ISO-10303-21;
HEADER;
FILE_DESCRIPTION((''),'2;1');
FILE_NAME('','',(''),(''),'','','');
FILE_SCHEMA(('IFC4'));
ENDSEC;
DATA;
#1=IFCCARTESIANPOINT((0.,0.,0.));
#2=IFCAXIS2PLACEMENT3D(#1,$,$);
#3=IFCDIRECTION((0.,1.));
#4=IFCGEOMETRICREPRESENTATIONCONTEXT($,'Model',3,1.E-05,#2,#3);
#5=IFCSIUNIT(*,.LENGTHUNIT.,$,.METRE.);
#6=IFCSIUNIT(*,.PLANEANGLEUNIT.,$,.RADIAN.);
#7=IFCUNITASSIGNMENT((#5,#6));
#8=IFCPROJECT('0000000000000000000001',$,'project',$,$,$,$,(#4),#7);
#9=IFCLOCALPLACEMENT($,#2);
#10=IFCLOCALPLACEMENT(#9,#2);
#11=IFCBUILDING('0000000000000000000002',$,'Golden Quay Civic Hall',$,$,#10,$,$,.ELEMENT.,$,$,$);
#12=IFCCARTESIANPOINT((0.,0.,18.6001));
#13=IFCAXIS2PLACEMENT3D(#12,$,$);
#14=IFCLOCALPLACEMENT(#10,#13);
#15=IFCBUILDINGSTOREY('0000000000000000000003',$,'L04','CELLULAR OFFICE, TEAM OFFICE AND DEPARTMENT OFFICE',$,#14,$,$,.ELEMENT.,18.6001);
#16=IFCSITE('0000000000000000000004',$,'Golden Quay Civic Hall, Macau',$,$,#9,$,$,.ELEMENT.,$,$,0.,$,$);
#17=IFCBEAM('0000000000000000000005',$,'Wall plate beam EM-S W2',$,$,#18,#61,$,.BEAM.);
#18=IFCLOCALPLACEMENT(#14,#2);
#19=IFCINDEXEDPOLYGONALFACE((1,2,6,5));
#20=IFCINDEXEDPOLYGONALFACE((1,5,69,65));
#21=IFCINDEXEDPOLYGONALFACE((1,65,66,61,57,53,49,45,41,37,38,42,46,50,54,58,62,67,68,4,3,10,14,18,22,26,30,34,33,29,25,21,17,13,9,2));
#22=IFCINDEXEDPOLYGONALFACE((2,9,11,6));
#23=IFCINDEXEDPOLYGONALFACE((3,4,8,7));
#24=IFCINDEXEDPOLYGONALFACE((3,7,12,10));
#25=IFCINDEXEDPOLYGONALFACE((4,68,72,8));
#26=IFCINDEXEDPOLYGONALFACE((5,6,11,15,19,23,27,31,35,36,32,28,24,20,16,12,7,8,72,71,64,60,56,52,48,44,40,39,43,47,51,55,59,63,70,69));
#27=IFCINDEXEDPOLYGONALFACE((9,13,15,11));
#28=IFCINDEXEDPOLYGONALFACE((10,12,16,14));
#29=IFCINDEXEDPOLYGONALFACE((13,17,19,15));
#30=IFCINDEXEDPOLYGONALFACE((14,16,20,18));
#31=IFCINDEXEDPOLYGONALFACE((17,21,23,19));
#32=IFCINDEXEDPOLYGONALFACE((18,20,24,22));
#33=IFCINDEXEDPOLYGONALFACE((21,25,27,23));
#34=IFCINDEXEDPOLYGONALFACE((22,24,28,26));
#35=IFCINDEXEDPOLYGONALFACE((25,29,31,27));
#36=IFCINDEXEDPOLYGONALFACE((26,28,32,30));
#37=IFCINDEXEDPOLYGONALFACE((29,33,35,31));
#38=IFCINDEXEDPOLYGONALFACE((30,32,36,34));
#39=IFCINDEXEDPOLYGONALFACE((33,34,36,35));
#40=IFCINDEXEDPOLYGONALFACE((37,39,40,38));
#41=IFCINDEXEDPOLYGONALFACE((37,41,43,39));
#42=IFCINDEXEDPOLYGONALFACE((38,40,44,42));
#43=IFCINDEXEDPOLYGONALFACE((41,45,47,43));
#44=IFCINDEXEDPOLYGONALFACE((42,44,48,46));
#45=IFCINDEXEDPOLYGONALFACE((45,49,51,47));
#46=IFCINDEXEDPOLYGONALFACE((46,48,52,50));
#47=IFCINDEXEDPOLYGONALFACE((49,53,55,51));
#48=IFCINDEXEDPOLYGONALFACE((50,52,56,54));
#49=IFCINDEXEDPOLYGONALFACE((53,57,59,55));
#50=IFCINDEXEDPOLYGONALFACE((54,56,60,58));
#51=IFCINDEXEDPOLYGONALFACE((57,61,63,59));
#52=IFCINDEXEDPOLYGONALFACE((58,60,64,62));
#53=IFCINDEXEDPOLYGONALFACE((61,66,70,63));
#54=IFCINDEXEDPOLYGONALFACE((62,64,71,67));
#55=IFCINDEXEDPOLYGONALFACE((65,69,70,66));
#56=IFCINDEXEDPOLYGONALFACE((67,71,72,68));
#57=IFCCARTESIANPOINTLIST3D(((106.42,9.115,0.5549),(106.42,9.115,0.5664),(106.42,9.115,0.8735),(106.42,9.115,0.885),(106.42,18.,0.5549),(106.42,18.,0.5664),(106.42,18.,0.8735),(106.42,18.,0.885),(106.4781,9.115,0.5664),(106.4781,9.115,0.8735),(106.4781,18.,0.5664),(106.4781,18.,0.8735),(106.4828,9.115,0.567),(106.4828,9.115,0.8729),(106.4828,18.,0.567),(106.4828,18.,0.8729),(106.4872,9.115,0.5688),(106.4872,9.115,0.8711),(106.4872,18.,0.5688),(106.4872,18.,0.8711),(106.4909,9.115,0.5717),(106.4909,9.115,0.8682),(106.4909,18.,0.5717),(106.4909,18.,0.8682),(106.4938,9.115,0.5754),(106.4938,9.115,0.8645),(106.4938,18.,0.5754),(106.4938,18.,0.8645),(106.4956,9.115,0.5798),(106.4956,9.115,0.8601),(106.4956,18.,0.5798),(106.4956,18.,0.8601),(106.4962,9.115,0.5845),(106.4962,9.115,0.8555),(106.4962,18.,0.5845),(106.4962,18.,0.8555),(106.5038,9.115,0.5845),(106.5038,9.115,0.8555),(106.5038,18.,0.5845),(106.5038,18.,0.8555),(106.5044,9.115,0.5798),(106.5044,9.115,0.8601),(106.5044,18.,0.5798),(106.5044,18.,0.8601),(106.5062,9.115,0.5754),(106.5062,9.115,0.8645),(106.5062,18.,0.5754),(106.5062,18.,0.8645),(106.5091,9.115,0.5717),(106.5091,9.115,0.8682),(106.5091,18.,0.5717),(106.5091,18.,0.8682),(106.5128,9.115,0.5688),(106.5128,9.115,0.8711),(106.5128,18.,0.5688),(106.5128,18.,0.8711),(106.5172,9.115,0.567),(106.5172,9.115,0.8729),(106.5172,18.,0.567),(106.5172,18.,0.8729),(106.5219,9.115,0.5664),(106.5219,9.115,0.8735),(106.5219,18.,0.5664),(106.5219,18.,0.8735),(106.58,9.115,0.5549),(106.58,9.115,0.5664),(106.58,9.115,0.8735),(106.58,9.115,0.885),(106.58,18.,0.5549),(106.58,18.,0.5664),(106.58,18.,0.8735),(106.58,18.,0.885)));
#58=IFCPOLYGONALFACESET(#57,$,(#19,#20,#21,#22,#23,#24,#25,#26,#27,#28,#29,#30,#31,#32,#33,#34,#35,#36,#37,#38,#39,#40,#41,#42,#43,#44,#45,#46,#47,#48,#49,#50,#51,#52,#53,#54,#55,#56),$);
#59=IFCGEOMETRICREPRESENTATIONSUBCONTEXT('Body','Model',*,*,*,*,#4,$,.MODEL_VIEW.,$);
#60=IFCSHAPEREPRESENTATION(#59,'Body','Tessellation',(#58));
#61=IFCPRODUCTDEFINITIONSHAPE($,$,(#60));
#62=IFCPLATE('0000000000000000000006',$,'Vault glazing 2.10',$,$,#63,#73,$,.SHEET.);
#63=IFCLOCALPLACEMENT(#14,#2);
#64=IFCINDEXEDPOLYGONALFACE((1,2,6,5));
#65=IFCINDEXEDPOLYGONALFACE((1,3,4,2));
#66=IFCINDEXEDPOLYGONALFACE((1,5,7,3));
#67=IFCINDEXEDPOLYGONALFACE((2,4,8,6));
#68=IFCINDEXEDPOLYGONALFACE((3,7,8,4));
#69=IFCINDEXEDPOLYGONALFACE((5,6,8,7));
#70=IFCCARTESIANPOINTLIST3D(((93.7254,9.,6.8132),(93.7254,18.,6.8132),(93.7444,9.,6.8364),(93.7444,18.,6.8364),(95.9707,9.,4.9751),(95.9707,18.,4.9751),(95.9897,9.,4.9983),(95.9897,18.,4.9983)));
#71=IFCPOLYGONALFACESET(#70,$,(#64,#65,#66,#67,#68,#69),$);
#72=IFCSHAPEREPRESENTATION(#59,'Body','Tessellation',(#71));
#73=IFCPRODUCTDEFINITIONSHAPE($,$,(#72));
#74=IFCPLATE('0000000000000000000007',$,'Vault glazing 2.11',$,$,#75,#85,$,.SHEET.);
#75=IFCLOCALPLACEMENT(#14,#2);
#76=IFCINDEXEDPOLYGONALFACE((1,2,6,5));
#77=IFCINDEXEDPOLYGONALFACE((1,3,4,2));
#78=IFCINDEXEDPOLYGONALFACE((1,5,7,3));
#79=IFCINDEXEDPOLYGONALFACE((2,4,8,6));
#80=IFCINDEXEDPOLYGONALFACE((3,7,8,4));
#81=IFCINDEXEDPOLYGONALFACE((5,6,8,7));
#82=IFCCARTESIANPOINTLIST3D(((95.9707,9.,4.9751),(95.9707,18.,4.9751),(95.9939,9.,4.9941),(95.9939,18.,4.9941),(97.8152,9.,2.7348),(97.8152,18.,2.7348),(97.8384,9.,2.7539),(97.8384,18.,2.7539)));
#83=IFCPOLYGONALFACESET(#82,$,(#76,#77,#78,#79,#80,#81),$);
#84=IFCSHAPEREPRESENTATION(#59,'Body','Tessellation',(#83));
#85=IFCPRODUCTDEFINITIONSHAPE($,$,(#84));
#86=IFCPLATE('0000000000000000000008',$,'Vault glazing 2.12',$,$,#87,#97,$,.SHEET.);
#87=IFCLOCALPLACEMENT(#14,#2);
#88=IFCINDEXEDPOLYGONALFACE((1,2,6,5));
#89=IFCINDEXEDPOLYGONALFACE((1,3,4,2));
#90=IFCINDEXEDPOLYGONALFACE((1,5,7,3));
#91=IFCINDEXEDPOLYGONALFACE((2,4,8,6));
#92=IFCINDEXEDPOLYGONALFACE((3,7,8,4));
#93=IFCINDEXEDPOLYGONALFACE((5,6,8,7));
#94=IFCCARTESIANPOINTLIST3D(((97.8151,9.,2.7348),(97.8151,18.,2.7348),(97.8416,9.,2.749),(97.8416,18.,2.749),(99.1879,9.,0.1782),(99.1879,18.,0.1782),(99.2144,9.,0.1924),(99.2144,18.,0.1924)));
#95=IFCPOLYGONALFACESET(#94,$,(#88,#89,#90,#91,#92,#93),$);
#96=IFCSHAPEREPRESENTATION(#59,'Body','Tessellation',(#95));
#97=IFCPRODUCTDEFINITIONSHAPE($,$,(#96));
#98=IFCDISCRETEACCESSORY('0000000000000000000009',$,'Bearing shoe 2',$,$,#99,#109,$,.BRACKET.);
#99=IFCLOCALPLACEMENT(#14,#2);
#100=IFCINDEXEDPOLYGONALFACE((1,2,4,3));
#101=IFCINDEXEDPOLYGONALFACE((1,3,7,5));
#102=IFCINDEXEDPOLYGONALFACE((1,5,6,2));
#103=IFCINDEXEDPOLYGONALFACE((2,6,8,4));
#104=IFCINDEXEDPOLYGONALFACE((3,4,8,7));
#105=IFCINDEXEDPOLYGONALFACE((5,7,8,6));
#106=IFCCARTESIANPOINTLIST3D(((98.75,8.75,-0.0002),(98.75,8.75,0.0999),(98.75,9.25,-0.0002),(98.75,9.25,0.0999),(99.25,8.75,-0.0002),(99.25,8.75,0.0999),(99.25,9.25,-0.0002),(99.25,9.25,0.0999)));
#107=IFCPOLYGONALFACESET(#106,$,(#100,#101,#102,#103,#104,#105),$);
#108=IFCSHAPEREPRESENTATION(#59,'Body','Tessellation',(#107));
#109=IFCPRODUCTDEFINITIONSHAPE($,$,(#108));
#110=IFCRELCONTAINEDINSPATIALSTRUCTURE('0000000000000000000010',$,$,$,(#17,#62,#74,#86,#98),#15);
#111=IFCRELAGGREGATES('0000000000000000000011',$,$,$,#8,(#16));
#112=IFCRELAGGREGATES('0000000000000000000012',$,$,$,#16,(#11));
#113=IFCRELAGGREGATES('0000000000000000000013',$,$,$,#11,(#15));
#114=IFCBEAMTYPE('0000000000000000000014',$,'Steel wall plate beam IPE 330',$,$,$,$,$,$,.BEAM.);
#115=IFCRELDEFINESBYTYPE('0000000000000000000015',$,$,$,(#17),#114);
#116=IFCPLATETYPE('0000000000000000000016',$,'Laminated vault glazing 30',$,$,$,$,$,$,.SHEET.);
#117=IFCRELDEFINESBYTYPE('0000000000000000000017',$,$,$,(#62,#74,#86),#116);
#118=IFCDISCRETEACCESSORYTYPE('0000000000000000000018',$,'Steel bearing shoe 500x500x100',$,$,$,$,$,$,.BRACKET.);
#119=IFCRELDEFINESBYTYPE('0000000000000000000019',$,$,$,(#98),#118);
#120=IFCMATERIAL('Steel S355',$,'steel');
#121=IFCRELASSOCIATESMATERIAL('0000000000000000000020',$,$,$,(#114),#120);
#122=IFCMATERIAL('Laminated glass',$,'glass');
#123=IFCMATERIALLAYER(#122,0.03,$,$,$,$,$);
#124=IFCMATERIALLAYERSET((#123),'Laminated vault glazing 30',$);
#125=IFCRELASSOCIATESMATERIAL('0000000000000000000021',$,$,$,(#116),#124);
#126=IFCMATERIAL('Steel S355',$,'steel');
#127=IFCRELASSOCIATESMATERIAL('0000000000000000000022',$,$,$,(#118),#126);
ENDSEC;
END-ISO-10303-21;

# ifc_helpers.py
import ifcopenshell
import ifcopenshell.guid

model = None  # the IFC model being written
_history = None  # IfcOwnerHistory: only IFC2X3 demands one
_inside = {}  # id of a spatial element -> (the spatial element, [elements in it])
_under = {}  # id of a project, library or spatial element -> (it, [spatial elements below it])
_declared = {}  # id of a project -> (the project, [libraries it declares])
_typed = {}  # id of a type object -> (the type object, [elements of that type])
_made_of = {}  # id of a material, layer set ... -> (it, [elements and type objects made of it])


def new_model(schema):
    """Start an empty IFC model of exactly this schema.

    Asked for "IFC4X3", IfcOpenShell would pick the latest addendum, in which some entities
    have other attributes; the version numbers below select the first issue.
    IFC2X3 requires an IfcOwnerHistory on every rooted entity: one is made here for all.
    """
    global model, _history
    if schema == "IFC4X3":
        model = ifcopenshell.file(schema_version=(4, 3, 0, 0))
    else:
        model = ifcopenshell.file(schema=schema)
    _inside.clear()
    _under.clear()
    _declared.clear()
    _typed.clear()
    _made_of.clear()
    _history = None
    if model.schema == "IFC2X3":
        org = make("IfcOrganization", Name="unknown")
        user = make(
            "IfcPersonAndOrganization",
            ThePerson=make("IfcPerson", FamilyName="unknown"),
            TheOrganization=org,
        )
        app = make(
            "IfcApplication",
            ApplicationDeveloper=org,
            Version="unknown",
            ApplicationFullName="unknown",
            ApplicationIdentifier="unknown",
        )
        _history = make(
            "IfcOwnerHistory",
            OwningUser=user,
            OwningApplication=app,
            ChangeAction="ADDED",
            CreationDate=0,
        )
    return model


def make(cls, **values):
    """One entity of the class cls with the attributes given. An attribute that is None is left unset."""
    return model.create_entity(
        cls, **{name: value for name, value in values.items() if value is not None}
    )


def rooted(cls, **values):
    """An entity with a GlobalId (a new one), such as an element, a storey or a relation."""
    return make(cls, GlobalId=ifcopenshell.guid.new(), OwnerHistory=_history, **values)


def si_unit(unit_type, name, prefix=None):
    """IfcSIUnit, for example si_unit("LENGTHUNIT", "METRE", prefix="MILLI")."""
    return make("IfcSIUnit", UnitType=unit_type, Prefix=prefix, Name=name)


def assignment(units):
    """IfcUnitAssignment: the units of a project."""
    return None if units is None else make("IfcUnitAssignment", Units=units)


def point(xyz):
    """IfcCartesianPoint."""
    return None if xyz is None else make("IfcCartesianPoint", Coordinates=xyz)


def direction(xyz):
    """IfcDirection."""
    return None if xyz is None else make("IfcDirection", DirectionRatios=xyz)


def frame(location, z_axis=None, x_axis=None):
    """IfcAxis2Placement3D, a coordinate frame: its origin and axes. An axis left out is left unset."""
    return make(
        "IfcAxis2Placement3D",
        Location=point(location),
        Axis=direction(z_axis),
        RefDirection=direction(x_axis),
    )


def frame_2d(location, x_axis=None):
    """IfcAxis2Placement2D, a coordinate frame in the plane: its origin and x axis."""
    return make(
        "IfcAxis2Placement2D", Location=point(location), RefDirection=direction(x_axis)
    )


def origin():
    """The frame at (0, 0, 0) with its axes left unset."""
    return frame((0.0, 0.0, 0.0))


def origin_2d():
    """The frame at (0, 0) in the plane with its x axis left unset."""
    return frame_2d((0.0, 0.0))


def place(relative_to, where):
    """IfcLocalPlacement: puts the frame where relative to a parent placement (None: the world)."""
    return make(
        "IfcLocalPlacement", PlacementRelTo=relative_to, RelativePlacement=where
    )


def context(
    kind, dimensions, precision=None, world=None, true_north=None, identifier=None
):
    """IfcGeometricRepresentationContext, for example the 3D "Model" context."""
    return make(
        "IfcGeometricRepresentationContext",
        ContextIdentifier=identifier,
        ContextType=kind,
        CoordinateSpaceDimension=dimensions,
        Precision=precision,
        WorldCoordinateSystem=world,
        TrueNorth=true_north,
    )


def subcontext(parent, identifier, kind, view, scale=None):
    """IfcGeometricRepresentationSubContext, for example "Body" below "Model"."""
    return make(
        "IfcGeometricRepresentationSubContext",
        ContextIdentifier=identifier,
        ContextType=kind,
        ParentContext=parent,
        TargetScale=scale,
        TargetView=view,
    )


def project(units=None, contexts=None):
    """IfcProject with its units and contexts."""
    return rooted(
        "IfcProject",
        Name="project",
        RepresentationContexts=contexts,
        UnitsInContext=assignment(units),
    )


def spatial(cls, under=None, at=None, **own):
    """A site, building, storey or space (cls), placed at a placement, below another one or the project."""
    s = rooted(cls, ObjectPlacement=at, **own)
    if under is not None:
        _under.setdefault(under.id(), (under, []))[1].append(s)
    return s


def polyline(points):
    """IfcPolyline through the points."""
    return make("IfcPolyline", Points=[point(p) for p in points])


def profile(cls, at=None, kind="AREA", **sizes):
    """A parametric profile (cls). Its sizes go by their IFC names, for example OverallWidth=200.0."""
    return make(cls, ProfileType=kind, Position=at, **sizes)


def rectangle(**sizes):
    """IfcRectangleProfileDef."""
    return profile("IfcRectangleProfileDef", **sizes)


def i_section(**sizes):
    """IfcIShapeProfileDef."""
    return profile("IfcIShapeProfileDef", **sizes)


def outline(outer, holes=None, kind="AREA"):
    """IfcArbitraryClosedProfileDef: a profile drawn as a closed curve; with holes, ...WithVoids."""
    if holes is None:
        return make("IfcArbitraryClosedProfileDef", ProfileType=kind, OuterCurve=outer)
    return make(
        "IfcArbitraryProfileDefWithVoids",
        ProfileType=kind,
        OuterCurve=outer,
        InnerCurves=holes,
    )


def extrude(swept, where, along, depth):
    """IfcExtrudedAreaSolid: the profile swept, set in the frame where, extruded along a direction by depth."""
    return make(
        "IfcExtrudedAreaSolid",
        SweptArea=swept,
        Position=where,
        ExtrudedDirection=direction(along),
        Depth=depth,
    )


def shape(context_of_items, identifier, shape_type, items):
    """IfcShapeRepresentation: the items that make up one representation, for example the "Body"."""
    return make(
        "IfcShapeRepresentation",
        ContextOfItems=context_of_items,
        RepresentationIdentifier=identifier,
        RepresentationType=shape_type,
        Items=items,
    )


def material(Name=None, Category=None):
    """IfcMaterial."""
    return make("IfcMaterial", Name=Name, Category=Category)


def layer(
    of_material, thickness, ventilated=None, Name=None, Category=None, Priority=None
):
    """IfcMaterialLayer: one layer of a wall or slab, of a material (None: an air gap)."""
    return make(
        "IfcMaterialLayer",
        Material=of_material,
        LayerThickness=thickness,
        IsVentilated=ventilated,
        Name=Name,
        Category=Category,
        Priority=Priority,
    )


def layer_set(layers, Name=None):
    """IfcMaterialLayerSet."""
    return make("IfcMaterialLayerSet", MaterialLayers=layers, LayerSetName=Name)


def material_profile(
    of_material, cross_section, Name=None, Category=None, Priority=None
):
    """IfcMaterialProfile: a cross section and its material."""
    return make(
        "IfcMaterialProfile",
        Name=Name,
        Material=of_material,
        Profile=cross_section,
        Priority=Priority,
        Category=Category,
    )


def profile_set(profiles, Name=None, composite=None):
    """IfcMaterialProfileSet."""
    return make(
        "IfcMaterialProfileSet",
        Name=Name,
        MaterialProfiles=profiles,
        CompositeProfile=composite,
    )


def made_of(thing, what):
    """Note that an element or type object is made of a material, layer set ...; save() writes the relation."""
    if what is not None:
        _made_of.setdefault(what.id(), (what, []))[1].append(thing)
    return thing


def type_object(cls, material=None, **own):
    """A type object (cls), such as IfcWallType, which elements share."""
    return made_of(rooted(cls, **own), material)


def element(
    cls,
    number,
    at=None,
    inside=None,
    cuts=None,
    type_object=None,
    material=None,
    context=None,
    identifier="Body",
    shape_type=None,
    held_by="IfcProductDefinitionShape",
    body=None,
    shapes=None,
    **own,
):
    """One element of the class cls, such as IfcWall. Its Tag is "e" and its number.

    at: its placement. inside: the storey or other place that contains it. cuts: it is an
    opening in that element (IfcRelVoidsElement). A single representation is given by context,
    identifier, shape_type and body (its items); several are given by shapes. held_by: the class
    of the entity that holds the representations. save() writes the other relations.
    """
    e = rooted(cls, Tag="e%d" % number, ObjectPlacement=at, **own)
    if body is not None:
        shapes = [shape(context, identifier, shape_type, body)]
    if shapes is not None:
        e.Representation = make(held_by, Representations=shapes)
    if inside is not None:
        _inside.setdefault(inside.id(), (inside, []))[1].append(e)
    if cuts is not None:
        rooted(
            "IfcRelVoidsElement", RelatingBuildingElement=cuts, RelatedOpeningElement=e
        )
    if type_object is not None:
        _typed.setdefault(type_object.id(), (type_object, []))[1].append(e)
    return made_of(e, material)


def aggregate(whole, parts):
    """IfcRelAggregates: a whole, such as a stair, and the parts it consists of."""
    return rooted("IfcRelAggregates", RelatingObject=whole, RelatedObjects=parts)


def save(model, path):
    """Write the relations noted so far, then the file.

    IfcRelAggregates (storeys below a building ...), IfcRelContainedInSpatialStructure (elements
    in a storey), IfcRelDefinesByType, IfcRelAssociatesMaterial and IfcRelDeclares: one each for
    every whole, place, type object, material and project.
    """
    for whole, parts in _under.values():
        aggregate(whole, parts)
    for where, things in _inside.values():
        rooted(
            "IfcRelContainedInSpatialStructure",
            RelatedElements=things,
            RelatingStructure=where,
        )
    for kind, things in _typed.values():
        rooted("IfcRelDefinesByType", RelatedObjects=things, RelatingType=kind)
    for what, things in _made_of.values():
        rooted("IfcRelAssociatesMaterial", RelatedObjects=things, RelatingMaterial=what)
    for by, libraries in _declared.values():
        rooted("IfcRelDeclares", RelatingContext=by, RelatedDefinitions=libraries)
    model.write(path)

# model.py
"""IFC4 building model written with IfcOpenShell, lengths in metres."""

from ifc_helpers import new_model, si_unit, direction, frame, origin, origin_2d, place, context, subcontext, project, spatial, polyline, rectangle, i_section, outline, extrude, material, layer, layer_set, material_profile, profile_set, type_object, element, save


model = new_model("IFC4")

# Units and contexts
model_context = context("Model", 3, precision=1e-05, world=origin(), true_north=direction((0.0, 1.0)))
body_context = subcontext(model_context, "Body", "Model", "MODEL_VIEW")
ifc_project = project(units=[si_unit("LENGTHUNIT", "METRE"), si_unit("PLANEANGLEUNIT", "RADIAN")], contexts=[model_context])

# Site, building, storey
site_placement = place(None, origin())
site = spatial("IfcSite", under=ifc_project, at=site_placement, Name="Golden Quay Civic Hall, Macau", CompositionType="ELEMENT", RefElevation=0.0)
building_placement = place(site_placement, origin())
building = spatial("IfcBuilding", under=site, at=building_placement, Name="Golden Quay Civic Hall", CompositionType="ELEMENT")
storey_placement = place(building_placement, frame((0.0, 0.0, 18.6001)))
storey = spatial("IfcBuildingStorey", under=building, at=storey_placement, Name="L04", Description="CELLULAR OFFICE, TEAM OFFICE AND DEPARTMENT OFFICE", CompositionType="ELEMENT", Elevation=18.6001)

# Beam
ifc_material_1 = material(Name="Steel S355", Category="steel")
ifc_material_profile_1 = material_profile(ifc_material_1, i_section(OverallWidth=0.1599, OverallDepth=0.3301, WebThickness=0.0076, FlangeThickness=0.0115, FilletRadius=0.0181, at=origin_2d()), Name="IPE 330")
ifc_profile_set_1 = profile_set([ifc_material_profile_1], Name="Steel S355")
beam_type_1 = type_object("IfcBeamType", Name="Steel wall plate beam IPE 330", PredefinedType="BEAM", material=ifc_profile_set_1)
beam_1_placement = place(storey_placement, frame((106.5, 9.115, 0.72), z_axis=(0.0, 1.0, 0.0), x_axis=(-1.0, 0.0, 0.0)))
element("IfcBeam", 1, at=beam_1_placement, inside=storey, type_object=beam_type_1, Name="Wall plate beam EM-S W2", PredefinedType="BEAM", context=body_context, shape_type="SweptSolid", body=[
    extrude(i_section(OverallWidth=0.1599, OverallDepth=0.3301, WebThickness=0.0076, FlangeThickness=0.0115, FilletRadius=0.0181, at=origin_2d()), origin(), (0.0, 0.0, 1.0), 8.885),
])

# Plates
ifc_material_2 = material(Name="Laminated glass", Category="glass")
ifc_layer = layer(ifc_material_2, 0.03)
ifc_layer_set = layer_set([ifc_layer], Name="Laminated vault glazing 30")
plate_type = type_object("IfcPlateType", Name="Laminated vault glazing 30", PredefinedType="SHEET", material=ifc_layer_set)
plate_1_placement = place(storey_placement, frame((93.7444, 9.0, 6.8364), z_axis=(0.633449, 0.0, 0.773785), x_axis=(0.773785, 0.0, -0.633449)))
element("IfcPlate", 2, at=plate_1_placement, inside=storey, type_object=plate_type, Name="Vault glazing 2.10", PredefinedType="SHEET", context=body_context, shape_type="SweptSolid", body=[
    extrude(outline(polyline([(0.0, 0.0), (2.9018, 0.0), (2.9018, 9.0), (0.0, 9.0), (0.0, 0.0)])), origin(), (0.0, 0.0, -1.0), 0.03),
])
plate_2_placement = place(storey_placement, frame((95.9939, 9.0, 4.9941), z_axis=(0.772001, 0.0, 0.635622), x_axis=(0.635622, 0.0, -0.772001)))
element("IfcPlate", 3, at=plate_2_placement, inside=storey, type_object=plate_type, Name="Vault glazing 2.11", PredefinedType="SHEET", context=body_context, shape_type="SweptSolid", body=[
    extrude(outline(polyline([(0.0, 0.0), (2.9019, 0.0), (2.9019, 9.0), (0.0, 9.0), (0.0, 0.0)])), origin(), (0.0, 0.0, -1.0), 0.03),
])
plate_3_placement = place(storey_placement, frame((97.8416, 9.0, 2.749), z_axis=(0.881024, 0.0, 0.473071), x_axis=(0.473071, 0.0, -0.881024)))
element("IfcPlate", 4, at=plate_3_placement, inside=storey, type_object=plate_type, Name="Vault glazing 2.12", PredefinedType="SHEET", context=body_context, shape_type="SweptSolid", body=[
    extrude(outline(polyline([(0.0, 0.0), (2.9019, 0.0), (2.9019, 9.0), (0.0, 9.0), (0.0, 0.0)])), origin(), (0.0, 0.0, -1.0), 0.03),
])

# Discrete accessory
ifc_material_3 = material(Name="Steel S355", Category="steel")
discrete_accessory_type = type_object("IfcDiscreteAccessoryType", Name="Steel bearing shoe 500x500x100", PredefinedType="BRACKET", material=ifc_material_3)
discrete_accessory_placement = place(storey_placement, frame((99.0, 9.0, -0.0002), z_axis=(0.0, 0.0, 1.0), x_axis=(1.0, 0.0, 0.0)))
element("IfcDiscreteAccessory", 5, at=discrete_accessory_placement, inside=storey, type_object=discrete_accessory_type, Name="Bearing shoe 2", PredefinedType="BRACKET", context=body_context, shape_type="SweptSolid", body=[
    extrude(rectangle(XDim=0.5, YDim=0.5, at=origin_2d()), origin(), (0.0, 0.0, 1.0), 0.1001),
])

save(model, "model.ifc")
